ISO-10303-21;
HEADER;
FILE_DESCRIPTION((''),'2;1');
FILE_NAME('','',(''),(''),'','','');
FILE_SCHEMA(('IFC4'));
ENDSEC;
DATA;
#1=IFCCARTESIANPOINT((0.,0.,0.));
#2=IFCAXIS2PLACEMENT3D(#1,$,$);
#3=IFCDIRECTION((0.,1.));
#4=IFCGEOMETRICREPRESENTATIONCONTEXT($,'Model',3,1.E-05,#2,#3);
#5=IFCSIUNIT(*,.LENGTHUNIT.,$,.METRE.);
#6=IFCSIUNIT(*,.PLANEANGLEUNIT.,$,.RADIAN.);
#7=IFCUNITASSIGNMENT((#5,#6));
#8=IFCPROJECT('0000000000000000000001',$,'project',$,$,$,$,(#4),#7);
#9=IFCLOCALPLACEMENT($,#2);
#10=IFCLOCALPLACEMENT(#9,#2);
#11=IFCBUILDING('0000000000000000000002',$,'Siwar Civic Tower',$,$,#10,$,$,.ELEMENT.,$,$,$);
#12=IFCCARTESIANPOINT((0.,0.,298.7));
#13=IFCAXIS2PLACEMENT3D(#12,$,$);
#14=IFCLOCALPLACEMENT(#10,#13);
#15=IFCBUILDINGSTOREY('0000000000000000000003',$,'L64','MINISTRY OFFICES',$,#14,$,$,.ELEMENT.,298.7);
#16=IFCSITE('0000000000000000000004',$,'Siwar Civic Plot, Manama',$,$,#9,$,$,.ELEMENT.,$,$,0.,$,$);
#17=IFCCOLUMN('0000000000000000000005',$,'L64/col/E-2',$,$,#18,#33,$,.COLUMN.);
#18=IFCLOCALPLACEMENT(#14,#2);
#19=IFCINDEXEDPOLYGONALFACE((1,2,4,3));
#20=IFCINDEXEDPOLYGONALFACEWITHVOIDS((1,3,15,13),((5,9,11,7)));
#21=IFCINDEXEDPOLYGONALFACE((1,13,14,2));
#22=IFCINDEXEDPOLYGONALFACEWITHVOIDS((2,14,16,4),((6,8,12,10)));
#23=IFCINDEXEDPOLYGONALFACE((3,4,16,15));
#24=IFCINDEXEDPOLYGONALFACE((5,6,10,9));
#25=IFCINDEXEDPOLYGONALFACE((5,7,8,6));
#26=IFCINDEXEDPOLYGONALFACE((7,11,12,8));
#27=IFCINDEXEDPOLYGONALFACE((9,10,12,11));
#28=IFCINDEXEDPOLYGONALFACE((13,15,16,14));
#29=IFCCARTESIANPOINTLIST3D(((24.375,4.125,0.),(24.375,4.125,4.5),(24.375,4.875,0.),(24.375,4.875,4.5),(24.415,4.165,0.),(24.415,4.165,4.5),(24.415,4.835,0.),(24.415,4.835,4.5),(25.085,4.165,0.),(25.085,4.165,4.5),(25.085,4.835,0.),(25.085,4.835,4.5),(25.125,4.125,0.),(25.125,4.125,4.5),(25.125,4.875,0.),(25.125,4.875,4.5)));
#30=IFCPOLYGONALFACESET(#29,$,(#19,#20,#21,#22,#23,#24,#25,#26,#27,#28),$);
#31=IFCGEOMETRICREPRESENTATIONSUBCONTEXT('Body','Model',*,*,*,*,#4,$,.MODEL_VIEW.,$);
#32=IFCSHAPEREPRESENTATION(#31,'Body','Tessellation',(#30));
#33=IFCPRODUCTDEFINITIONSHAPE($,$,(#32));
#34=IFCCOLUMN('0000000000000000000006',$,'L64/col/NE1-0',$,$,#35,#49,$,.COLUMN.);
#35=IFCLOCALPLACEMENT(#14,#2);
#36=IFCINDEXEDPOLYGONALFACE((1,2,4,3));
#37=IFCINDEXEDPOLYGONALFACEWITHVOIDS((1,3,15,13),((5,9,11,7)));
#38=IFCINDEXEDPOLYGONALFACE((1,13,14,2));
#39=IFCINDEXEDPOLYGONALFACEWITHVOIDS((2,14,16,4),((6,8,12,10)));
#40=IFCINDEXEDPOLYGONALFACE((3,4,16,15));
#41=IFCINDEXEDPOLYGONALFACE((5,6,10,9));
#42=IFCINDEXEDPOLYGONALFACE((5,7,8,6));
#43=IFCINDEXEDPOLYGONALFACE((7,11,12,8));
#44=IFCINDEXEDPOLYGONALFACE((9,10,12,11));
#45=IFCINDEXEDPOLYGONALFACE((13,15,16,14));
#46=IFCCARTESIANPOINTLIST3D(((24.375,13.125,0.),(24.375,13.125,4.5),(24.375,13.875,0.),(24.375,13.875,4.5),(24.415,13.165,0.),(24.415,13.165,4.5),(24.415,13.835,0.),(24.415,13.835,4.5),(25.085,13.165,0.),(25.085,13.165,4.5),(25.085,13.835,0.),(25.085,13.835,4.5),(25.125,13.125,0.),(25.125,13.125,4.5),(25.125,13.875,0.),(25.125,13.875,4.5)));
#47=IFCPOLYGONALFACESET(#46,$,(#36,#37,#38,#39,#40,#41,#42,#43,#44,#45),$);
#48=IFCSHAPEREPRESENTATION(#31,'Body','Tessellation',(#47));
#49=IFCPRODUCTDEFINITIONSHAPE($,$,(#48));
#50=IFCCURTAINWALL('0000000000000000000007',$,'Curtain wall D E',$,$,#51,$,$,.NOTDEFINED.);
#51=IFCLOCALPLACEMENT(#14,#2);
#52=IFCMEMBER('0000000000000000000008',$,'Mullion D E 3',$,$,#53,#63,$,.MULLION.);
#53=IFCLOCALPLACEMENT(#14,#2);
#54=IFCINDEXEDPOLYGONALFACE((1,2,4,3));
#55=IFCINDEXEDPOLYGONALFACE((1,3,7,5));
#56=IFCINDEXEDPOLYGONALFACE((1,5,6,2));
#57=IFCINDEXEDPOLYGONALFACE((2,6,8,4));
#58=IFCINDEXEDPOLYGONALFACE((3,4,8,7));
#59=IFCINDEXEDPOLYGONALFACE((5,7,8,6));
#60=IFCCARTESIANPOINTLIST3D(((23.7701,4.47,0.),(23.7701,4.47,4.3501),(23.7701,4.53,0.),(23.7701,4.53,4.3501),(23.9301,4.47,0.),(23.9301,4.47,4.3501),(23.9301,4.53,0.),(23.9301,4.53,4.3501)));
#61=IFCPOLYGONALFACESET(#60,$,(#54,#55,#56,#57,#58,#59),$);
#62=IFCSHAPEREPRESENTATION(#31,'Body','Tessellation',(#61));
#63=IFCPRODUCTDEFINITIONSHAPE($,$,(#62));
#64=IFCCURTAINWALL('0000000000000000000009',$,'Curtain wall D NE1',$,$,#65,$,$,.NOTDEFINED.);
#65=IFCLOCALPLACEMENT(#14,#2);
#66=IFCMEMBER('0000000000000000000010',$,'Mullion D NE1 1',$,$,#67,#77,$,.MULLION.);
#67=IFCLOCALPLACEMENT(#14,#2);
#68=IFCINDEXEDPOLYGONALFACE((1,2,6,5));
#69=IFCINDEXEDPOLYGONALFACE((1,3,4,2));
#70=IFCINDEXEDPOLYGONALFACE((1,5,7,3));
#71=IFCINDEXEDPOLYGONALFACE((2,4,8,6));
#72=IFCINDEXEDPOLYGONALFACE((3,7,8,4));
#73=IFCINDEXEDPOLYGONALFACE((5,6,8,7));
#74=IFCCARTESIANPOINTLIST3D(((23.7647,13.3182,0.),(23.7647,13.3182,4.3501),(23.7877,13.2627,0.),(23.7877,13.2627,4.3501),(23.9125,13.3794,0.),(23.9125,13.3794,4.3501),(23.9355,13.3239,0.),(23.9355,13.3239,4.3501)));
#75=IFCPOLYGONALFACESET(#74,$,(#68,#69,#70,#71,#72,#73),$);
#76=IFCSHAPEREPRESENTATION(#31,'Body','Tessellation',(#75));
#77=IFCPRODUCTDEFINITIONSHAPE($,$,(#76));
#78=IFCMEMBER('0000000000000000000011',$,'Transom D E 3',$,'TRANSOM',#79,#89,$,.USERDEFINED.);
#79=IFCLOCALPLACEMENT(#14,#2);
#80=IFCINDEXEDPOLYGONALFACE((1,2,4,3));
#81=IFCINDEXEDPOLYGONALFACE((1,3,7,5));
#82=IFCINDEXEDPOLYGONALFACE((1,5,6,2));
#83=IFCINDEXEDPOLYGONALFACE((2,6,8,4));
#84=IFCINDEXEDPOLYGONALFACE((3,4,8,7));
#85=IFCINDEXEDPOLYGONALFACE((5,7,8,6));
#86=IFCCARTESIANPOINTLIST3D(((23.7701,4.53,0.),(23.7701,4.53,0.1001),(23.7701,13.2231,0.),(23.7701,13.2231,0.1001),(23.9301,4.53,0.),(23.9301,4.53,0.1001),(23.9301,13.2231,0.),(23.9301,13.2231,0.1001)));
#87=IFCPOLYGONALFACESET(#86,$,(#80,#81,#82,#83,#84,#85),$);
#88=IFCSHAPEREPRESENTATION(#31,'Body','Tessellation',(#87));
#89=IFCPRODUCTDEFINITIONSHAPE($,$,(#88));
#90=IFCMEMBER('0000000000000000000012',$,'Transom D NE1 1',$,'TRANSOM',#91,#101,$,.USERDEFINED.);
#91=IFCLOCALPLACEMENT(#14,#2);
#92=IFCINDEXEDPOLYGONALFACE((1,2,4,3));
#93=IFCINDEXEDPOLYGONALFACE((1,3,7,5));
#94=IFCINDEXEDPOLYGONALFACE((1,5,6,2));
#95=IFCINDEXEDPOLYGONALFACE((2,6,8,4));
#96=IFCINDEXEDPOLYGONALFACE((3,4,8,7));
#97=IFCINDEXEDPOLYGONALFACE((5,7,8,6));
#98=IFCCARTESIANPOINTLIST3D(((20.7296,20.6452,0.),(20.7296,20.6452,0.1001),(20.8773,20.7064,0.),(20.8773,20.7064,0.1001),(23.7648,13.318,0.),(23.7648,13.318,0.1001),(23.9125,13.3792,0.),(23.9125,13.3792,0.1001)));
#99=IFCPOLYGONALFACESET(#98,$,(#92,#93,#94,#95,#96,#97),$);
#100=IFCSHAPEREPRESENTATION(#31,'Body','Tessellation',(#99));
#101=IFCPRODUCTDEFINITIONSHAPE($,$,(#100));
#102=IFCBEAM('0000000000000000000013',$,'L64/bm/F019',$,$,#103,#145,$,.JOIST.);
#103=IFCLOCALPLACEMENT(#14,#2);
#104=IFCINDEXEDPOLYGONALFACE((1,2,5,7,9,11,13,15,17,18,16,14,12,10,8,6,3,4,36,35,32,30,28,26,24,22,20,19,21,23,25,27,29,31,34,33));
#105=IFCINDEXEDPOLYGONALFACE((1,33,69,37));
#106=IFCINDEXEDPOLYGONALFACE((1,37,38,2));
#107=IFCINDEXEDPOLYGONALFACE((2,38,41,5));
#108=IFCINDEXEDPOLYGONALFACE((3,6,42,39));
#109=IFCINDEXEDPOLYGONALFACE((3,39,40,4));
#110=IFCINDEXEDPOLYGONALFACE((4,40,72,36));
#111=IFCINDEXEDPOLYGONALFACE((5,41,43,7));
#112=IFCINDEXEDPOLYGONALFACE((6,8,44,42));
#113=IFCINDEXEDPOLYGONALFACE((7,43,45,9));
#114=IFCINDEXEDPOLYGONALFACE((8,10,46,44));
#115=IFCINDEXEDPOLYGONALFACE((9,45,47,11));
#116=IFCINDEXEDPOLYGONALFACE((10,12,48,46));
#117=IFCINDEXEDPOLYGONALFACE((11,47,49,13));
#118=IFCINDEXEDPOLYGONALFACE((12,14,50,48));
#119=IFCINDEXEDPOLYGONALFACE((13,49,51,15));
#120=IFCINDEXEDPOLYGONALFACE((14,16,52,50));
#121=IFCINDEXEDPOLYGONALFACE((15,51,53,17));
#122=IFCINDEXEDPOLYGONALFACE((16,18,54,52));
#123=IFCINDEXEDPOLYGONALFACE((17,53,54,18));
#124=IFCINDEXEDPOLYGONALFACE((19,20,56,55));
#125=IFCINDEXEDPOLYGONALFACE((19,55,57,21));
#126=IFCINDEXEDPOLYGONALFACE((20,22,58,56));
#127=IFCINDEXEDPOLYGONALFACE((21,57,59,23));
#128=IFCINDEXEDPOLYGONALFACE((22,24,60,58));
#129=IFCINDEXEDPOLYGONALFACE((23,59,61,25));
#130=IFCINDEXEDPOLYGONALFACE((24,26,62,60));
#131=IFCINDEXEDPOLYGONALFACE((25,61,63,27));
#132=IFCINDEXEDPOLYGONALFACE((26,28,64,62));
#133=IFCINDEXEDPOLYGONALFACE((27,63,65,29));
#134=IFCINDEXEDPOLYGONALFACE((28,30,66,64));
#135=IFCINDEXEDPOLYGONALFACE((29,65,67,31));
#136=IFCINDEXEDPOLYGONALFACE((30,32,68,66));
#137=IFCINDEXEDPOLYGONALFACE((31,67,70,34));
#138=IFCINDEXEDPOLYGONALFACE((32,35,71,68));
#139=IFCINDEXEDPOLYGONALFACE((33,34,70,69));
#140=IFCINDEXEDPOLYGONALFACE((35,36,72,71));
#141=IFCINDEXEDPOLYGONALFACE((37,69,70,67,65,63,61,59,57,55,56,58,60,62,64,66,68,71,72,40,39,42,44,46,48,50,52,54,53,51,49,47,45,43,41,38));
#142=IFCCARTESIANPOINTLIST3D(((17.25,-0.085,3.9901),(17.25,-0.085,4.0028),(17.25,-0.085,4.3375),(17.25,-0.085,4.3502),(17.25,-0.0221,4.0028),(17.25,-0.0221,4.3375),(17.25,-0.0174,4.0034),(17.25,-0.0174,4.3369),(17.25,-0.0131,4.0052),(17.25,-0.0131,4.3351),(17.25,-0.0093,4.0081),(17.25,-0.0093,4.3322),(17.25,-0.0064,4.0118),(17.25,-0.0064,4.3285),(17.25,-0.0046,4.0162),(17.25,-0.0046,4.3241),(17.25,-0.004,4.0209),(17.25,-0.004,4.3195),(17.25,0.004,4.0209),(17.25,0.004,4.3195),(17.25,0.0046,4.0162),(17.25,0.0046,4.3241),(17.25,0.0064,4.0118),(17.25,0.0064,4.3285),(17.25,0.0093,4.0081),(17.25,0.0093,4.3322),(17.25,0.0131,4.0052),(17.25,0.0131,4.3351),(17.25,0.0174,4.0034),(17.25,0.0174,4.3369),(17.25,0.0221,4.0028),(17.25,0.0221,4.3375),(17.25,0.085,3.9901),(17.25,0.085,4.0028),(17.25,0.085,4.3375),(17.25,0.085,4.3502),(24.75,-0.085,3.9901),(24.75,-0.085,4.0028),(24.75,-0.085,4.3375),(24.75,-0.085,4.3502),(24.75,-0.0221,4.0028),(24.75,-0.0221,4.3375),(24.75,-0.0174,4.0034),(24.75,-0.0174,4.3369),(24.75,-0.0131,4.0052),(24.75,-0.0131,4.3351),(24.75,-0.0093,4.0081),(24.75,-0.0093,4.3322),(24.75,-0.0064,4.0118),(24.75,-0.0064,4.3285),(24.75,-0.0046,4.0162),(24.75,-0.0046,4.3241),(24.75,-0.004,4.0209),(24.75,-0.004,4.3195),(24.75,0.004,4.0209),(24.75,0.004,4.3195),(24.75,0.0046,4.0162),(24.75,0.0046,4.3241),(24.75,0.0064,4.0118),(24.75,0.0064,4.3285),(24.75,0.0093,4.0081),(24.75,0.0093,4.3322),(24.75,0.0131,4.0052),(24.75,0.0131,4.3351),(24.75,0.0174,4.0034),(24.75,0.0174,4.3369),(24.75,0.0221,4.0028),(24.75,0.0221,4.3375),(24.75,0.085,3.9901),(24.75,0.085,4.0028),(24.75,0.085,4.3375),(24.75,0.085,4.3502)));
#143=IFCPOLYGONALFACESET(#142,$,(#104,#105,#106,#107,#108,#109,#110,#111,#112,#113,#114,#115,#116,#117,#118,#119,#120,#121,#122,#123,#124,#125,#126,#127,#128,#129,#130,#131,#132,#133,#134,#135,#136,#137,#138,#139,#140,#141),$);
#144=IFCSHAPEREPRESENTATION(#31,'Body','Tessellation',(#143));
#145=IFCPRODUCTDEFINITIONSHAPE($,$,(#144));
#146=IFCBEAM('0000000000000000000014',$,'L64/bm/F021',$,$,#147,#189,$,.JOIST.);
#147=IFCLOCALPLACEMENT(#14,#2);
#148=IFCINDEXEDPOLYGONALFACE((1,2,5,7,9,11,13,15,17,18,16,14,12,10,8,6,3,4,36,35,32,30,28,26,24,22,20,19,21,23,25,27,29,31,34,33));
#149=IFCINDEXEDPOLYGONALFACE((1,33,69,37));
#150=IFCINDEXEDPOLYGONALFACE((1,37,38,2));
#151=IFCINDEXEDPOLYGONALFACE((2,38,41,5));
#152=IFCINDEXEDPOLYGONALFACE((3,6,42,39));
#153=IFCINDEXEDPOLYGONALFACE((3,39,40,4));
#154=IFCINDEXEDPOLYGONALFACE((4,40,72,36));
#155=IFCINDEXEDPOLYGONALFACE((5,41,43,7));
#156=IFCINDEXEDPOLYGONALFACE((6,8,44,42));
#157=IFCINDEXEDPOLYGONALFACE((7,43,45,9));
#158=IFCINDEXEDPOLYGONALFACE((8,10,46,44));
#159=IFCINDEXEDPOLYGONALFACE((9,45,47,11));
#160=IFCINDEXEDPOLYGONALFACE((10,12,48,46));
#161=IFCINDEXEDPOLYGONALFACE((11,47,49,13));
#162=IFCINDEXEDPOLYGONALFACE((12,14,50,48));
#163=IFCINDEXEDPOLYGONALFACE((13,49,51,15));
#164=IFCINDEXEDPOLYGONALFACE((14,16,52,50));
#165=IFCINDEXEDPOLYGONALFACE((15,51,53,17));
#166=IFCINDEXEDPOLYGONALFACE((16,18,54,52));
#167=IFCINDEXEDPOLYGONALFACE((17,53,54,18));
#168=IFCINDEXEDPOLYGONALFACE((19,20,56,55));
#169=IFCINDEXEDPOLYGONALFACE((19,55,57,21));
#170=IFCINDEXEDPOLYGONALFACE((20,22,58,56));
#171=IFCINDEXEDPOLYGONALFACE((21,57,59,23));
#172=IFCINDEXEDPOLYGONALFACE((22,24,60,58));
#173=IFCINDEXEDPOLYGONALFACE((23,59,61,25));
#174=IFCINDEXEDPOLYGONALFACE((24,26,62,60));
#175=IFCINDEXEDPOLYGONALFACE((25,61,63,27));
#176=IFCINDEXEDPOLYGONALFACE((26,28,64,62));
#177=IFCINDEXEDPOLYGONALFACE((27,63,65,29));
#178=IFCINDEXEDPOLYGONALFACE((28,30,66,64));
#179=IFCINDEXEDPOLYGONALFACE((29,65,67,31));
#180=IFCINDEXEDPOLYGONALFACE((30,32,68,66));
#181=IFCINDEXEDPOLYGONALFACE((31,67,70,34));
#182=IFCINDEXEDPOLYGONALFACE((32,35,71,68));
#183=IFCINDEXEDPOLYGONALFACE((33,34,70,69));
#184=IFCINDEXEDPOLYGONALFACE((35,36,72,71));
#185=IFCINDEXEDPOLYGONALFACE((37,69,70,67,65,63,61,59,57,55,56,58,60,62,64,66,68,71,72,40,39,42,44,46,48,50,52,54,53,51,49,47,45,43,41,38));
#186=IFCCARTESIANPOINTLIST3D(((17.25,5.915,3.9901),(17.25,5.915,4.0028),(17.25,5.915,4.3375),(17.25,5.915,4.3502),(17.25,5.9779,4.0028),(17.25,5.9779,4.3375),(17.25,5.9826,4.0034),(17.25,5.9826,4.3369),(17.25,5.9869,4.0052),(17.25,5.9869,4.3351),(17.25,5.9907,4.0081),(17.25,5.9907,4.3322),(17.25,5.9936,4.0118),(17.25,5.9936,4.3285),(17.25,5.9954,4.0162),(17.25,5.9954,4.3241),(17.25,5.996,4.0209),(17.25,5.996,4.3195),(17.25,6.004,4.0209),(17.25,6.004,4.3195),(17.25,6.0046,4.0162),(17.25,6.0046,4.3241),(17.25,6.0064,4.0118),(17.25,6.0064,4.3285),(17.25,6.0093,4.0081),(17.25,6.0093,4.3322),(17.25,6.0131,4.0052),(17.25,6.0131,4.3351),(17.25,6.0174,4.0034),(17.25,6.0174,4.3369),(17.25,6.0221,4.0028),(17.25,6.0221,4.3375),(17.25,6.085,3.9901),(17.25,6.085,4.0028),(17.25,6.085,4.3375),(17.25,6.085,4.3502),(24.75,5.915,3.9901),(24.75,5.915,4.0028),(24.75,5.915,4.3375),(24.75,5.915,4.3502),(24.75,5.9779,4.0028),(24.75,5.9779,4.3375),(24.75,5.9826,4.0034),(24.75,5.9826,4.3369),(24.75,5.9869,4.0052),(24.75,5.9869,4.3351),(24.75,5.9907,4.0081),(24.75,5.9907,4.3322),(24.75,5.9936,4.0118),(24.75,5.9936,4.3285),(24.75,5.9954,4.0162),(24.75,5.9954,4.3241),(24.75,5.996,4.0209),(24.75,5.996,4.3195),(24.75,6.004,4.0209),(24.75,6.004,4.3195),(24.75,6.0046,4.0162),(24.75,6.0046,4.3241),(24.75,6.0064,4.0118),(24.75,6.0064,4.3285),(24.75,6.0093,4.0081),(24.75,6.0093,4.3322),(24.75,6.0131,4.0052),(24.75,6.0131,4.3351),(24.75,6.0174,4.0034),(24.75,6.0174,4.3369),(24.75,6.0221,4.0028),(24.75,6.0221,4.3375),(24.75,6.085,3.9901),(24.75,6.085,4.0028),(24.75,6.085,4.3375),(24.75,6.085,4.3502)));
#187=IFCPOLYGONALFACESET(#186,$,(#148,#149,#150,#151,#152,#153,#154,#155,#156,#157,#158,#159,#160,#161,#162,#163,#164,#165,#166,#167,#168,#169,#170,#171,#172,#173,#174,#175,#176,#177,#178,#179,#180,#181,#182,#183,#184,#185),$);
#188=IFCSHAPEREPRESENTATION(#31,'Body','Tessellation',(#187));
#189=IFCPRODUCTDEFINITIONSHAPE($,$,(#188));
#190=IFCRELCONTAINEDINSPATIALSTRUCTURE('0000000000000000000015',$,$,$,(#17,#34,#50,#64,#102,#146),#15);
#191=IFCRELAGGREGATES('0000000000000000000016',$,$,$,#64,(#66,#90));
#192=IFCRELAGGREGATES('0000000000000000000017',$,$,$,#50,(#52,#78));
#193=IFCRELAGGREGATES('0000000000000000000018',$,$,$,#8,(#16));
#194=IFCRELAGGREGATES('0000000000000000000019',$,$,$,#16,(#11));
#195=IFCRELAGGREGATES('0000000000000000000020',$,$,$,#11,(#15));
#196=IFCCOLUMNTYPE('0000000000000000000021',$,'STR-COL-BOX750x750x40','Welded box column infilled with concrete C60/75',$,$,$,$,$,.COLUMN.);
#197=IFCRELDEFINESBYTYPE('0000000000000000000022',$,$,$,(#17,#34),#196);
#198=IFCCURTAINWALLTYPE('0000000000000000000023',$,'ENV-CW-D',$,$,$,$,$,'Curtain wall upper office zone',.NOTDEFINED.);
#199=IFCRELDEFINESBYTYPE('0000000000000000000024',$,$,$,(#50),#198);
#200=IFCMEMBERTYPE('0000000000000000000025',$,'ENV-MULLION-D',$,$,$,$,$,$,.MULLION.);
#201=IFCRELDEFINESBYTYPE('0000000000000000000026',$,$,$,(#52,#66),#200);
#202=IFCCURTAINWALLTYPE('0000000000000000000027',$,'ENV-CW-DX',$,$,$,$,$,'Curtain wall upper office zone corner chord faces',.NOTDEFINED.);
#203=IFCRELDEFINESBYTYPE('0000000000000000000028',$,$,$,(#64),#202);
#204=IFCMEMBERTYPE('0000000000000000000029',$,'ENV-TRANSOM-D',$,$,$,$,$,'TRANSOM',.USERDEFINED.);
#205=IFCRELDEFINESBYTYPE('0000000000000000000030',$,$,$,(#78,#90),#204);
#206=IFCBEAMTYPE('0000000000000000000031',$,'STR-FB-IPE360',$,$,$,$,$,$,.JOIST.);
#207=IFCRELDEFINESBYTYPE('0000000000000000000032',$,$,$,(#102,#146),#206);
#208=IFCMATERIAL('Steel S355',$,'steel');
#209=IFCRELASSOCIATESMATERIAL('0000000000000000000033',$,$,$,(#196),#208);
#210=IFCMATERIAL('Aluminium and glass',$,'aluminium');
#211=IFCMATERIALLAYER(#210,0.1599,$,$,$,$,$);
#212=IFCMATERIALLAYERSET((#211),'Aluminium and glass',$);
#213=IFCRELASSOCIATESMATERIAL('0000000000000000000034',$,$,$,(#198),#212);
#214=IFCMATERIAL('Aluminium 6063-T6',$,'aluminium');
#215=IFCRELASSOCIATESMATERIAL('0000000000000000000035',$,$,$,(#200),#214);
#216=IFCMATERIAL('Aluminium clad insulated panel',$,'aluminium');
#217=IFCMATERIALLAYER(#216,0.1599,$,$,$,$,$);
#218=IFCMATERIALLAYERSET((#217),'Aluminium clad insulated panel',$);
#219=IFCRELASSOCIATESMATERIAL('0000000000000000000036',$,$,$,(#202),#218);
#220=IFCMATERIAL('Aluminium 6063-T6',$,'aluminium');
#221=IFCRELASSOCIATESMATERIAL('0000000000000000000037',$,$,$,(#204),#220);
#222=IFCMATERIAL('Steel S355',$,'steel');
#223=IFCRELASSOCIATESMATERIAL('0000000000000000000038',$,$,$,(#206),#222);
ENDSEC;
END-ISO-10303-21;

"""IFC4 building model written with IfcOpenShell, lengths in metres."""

from ifc_helpers import new_model, si_unit, direction, frame, origin, origin_2d, place, context, subcontext, project, spatial, rectangle, hollow_rectangle, i_section, extrude, material, layer, layer_set, material_profile, profile_set, type_object, element, aggregate, save


model = new_model("IFC4")

# Units and contexts
model_context = context("Model", 3, precision=1e-05, world=origin(), true_north=direction((0.0, 1.0)))
body_context = subcontext(model_context, "Body", "Model", "MODEL_VIEW")
ifc_project = project(units=[si_unit("LENGTHUNIT", "METRE"), si_unit("PLANEANGLEUNIT", "RADIAN")], contexts=[model_context])

# Site, building, storey
site_placement = place(None, origin())
site = spatial("IfcSite", under=ifc_project, at=site_placement, Name="Siwar Civic Plot, Manama", CompositionType="ELEMENT", RefElevation=0.0)
building_placement = place(site_placement, origin())
building = spatial("IfcBuilding", under=site, at=building_placement, Name="Siwar Civic Tower", CompositionType="ELEMENT")
storey_placement = place(building_placement, frame((0.0, 0.0, 298.7)))
storey = spatial("IfcBuildingStorey", under=building, at=storey_placement, Name="L64", Description="MINISTRY OFFICES", CompositionType="ELEMENT", Elevation=298.7)

# Columns
ifc_material_1 = material(Name="Steel S355", Category="steel")
ifc_material_profile_1 = material_profile(ifc_material_1, hollow_rectangle(XDim=0.75, YDim=0.75, WallThickness=0.04, at=origin_2d()), Name="BOX750x750x40")
ifc_profile_set_1 = profile_set([ifc_material_profile_1], Name="Steel S355")
column_type = type_object("IfcColumnType", Name="STR-COL-BOX750x750x40", Description="Welded box column infilled with concrete C60/75", PredefinedType="COLUMN", material=ifc_profile_set_1)
for number, where, z_axis, x_axis, name in (
    (1, (24.75, 4.5, 0.0), (0.0, 0.0, 1.0), (1.0, 0.0, 0.0), "L64/col/E-2"),
    (2, (24.75, 13.5, 0.0), (0.0, 0.0, 1.0), (1.0, 0.0, 0.0), "L64/col/NE1-0"),
):
    element("IfcColumn", number, at=place(storey_placement, frame(where, z_axis=z_axis, x_axis=x_axis)), inside=storey, type_object=column_type, Name=name, PredefinedType="COLUMN", context=body_context, shape_type="SweptSolid", body=[
        extrude(hollow_rectangle(XDim=0.75, YDim=0.75, WallThickness=0.04, at=origin_2d()), origin(), (0.0, 0.0, 1.0), 4.5),
    ])

# Curtain walls, members
ifc_material_2 = material(Name="Aluminium and glass", Category="aluminium")
ifc_layer_1 = layer(ifc_material_2, 0.1599)
ifc_layer_set_1 = layer_set([ifc_layer_1], Name="Aluminium and glass")
curtain_wall_type_1 = type_object("IfcCurtainWallType", Name="ENV-CW-D", ElementType="Curtain wall upper office zone", PredefinedType="NOTDEFINED", material=ifc_layer_set_1)
curtain_wall_1_placement = place(storey_placement, origin())
curtain_wall_1 = element("IfcCurtainWall", 3, at=curtain_wall_1_placement, inside=storey, type_object=curtain_wall_type_1, Name="Curtain wall D E", PredefinedType="NOTDEFINED")
ifc_material_3 = material(Name="Aluminium 6063-T6", Category="aluminium")
ifc_material_profile_2 = material_profile(ifc_material_3, rectangle(XDim=0.1599, YDim=0.0601, at=origin_2d()), Name="AL 160x60")
ifc_profile_set_2 = profile_set([ifc_material_profile_2], Name="Aluminium 6063-T6")
member_type_1 = type_object("IfcMemberType", Name="ENV-MULLION-D", PredefinedType="MULLION", material=ifc_profile_set_2)
member_1_placement = place(storey_placement, frame((23.8501, 4.5, 0.0), z_axis=(0.0, 0.0, 1.0), x_axis=(-1.0, 0.0, 0.0)))
member_1 = element("IfcMember", 4, at=member_1_placement, type_object=member_type_1, Name="Mullion D E 3", PredefinedType="MULLION", context=body_context, shape_type="SweptSolid", body=[
    extrude(rectangle(XDim=0.1599, YDim=0.0601, at=origin_2d()), origin(), (0.0, 0.0, 1.0), 4.3501),
])
ifc_material_4 = material(Name="Aluminium clad insulated panel", Category="aluminium")
ifc_layer_2 = layer(ifc_material_4, 0.1599)
ifc_layer_set_2 = layer_set([ifc_layer_2], Name="Aluminium clad insulated panel")
curtain_wall_type_2 = type_object("IfcCurtainWallType", Name="ENV-CW-DX", ElementType="Curtain wall upper office zone corner chord faces", PredefinedType="NOTDEFINED", material=ifc_layer_set_2)
curtain_wall_2_placement = place(storey_placement, origin())
curtain_wall_2 = element("IfcCurtainWall", 5, at=curtain_wall_2_placement, inside=storey, type_object=curtain_wall_type_2, Name="Curtain wall D NE1", PredefinedType="NOTDEFINED")
member_2_placement = place(storey_placement, frame((23.8501, 13.321, 0.0), z_axis=(0.0, 0.0, 1.0), x_axis=(-0.92388, -0.382683, 0.0)))
member_2 = element("IfcMember", 6, at=member_2_placement, type_object=member_type_1, Name="Mullion D NE1 1", PredefinedType="MULLION", context=body_context, shape_type="SweptSolid", body=[
    extrude(rectangle(XDim=0.1599, YDim=0.0601, at=origin_2d()), origin(), (0.0, 0.0, 1.0), 4.3501),
])

# Members
ifc_material_5 = material(Name="Aluminium 6063-T6", Category="aluminium")
ifc_material_profile_3 = material_profile(ifc_material_5, rectangle(XDim=0.1599, YDim=0.1001, at=origin_2d()), Name="AL 160x100")
ifc_profile_set_3 = profile_set([ifc_material_profile_3], Name="Aluminium 6063-T6")
member_type_2 = type_object("IfcMemberType", Name="ENV-TRANSOM-D", ElementType="TRANSOM", PredefinedType="USERDEFINED", material=ifc_profile_set_3)
member_3_placement = place(storey_placement, frame((23.8501, 4.53, 0.05), z_axis=(0.0, 1.0, 0.0), x_axis=(-1.0, 0.0, 0.0)))
member_3 = element("IfcMember", 7, at=member_3_placement, type_object=member_type_2, Name="Transom D E 3", ObjectType="TRANSOM", PredefinedType="USERDEFINED", context=body_context, shape_type="SweptSolid", body=[
    extrude(rectangle(XDim=0.1599, YDim=0.1001, at=origin_2d()), origin(), (0.0, 0.0, 1.0), 8.6931),
])
member_4_placement = place(storey_placement, frame((23.8386, 13.3486, 0.05), z_axis=(-0.3827, 0.923873, 0.0), x_axis=(-0.923873, -0.3827, 0.0)))
member_4 = element("IfcMember", 8, at=member_4_placement, type_object=member_type_2, Name="Transom D NE1 1", ObjectType="TRANSOM", PredefinedType="USERDEFINED", context=body_context, shape_type="SweptSolid", body=[
    extrude(rectangle(XDim=0.1599, YDim=0.1001, at=origin_2d()), origin(), (0.0, 0.0, 1.0), 7.9309),
])
aggregate(curtain_wall_2, [member_2, member_4])

# Beams
ifc_material_6 = material(Name="Steel S355", Category="steel")
ifc_material_profile_4 = material_profile(ifc_material_6, i_section(OverallWidth=0.1699, OverallDepth=0.3601, WebThickness=0.0081, FlangeThickness=0.0127, FilletRadius=0.0181, at=origin_2d()), Name="IPE360")
ifc_profile_set_4 = profile_set([ifc_material_profile_4], Name="Steel S355")
beam_type_1 = type_object("IfcBeamType", Name="STR-FB-IPE360", PredefinedType="JOIST", material=ifc_profile_set_4)
for number, where, z_axis, x_axis, name in (
    (9, (17.25, 0.0, 4.1702), (1.0, 0.0, 0.0), (0.0, 1.0, 0.0), "L64/bm/F019"),
    (10, (17.25, 6.0, 4.1702), (1.0, 0.0, 0.0), (0.0, 1.0, 0.0), "L64/bm/F021"),
):
    element("IfcBeam", number, at=place(storey_placement, frame(where, z_axis=z_axis, x_axis=x_axis)), inside=storey, type_object=beam_type_1, Name=name, PredefinedType="JOIST", context=body_context, shape_type="SweptSolid", body=[
        extrude(i_section(OverallWidth=0.1699, OverallDepth=0.3601, WebThickness=0.0081, FlangeThickness=0.0127, FilletRadius=0.0181, at=origin_2d()), origin(), (0.0, 0.0, 1.0), 7.5),
    ])

aggregate(curtain_wall_1, [member_1, member_3])

save(model, "model.ifc")
